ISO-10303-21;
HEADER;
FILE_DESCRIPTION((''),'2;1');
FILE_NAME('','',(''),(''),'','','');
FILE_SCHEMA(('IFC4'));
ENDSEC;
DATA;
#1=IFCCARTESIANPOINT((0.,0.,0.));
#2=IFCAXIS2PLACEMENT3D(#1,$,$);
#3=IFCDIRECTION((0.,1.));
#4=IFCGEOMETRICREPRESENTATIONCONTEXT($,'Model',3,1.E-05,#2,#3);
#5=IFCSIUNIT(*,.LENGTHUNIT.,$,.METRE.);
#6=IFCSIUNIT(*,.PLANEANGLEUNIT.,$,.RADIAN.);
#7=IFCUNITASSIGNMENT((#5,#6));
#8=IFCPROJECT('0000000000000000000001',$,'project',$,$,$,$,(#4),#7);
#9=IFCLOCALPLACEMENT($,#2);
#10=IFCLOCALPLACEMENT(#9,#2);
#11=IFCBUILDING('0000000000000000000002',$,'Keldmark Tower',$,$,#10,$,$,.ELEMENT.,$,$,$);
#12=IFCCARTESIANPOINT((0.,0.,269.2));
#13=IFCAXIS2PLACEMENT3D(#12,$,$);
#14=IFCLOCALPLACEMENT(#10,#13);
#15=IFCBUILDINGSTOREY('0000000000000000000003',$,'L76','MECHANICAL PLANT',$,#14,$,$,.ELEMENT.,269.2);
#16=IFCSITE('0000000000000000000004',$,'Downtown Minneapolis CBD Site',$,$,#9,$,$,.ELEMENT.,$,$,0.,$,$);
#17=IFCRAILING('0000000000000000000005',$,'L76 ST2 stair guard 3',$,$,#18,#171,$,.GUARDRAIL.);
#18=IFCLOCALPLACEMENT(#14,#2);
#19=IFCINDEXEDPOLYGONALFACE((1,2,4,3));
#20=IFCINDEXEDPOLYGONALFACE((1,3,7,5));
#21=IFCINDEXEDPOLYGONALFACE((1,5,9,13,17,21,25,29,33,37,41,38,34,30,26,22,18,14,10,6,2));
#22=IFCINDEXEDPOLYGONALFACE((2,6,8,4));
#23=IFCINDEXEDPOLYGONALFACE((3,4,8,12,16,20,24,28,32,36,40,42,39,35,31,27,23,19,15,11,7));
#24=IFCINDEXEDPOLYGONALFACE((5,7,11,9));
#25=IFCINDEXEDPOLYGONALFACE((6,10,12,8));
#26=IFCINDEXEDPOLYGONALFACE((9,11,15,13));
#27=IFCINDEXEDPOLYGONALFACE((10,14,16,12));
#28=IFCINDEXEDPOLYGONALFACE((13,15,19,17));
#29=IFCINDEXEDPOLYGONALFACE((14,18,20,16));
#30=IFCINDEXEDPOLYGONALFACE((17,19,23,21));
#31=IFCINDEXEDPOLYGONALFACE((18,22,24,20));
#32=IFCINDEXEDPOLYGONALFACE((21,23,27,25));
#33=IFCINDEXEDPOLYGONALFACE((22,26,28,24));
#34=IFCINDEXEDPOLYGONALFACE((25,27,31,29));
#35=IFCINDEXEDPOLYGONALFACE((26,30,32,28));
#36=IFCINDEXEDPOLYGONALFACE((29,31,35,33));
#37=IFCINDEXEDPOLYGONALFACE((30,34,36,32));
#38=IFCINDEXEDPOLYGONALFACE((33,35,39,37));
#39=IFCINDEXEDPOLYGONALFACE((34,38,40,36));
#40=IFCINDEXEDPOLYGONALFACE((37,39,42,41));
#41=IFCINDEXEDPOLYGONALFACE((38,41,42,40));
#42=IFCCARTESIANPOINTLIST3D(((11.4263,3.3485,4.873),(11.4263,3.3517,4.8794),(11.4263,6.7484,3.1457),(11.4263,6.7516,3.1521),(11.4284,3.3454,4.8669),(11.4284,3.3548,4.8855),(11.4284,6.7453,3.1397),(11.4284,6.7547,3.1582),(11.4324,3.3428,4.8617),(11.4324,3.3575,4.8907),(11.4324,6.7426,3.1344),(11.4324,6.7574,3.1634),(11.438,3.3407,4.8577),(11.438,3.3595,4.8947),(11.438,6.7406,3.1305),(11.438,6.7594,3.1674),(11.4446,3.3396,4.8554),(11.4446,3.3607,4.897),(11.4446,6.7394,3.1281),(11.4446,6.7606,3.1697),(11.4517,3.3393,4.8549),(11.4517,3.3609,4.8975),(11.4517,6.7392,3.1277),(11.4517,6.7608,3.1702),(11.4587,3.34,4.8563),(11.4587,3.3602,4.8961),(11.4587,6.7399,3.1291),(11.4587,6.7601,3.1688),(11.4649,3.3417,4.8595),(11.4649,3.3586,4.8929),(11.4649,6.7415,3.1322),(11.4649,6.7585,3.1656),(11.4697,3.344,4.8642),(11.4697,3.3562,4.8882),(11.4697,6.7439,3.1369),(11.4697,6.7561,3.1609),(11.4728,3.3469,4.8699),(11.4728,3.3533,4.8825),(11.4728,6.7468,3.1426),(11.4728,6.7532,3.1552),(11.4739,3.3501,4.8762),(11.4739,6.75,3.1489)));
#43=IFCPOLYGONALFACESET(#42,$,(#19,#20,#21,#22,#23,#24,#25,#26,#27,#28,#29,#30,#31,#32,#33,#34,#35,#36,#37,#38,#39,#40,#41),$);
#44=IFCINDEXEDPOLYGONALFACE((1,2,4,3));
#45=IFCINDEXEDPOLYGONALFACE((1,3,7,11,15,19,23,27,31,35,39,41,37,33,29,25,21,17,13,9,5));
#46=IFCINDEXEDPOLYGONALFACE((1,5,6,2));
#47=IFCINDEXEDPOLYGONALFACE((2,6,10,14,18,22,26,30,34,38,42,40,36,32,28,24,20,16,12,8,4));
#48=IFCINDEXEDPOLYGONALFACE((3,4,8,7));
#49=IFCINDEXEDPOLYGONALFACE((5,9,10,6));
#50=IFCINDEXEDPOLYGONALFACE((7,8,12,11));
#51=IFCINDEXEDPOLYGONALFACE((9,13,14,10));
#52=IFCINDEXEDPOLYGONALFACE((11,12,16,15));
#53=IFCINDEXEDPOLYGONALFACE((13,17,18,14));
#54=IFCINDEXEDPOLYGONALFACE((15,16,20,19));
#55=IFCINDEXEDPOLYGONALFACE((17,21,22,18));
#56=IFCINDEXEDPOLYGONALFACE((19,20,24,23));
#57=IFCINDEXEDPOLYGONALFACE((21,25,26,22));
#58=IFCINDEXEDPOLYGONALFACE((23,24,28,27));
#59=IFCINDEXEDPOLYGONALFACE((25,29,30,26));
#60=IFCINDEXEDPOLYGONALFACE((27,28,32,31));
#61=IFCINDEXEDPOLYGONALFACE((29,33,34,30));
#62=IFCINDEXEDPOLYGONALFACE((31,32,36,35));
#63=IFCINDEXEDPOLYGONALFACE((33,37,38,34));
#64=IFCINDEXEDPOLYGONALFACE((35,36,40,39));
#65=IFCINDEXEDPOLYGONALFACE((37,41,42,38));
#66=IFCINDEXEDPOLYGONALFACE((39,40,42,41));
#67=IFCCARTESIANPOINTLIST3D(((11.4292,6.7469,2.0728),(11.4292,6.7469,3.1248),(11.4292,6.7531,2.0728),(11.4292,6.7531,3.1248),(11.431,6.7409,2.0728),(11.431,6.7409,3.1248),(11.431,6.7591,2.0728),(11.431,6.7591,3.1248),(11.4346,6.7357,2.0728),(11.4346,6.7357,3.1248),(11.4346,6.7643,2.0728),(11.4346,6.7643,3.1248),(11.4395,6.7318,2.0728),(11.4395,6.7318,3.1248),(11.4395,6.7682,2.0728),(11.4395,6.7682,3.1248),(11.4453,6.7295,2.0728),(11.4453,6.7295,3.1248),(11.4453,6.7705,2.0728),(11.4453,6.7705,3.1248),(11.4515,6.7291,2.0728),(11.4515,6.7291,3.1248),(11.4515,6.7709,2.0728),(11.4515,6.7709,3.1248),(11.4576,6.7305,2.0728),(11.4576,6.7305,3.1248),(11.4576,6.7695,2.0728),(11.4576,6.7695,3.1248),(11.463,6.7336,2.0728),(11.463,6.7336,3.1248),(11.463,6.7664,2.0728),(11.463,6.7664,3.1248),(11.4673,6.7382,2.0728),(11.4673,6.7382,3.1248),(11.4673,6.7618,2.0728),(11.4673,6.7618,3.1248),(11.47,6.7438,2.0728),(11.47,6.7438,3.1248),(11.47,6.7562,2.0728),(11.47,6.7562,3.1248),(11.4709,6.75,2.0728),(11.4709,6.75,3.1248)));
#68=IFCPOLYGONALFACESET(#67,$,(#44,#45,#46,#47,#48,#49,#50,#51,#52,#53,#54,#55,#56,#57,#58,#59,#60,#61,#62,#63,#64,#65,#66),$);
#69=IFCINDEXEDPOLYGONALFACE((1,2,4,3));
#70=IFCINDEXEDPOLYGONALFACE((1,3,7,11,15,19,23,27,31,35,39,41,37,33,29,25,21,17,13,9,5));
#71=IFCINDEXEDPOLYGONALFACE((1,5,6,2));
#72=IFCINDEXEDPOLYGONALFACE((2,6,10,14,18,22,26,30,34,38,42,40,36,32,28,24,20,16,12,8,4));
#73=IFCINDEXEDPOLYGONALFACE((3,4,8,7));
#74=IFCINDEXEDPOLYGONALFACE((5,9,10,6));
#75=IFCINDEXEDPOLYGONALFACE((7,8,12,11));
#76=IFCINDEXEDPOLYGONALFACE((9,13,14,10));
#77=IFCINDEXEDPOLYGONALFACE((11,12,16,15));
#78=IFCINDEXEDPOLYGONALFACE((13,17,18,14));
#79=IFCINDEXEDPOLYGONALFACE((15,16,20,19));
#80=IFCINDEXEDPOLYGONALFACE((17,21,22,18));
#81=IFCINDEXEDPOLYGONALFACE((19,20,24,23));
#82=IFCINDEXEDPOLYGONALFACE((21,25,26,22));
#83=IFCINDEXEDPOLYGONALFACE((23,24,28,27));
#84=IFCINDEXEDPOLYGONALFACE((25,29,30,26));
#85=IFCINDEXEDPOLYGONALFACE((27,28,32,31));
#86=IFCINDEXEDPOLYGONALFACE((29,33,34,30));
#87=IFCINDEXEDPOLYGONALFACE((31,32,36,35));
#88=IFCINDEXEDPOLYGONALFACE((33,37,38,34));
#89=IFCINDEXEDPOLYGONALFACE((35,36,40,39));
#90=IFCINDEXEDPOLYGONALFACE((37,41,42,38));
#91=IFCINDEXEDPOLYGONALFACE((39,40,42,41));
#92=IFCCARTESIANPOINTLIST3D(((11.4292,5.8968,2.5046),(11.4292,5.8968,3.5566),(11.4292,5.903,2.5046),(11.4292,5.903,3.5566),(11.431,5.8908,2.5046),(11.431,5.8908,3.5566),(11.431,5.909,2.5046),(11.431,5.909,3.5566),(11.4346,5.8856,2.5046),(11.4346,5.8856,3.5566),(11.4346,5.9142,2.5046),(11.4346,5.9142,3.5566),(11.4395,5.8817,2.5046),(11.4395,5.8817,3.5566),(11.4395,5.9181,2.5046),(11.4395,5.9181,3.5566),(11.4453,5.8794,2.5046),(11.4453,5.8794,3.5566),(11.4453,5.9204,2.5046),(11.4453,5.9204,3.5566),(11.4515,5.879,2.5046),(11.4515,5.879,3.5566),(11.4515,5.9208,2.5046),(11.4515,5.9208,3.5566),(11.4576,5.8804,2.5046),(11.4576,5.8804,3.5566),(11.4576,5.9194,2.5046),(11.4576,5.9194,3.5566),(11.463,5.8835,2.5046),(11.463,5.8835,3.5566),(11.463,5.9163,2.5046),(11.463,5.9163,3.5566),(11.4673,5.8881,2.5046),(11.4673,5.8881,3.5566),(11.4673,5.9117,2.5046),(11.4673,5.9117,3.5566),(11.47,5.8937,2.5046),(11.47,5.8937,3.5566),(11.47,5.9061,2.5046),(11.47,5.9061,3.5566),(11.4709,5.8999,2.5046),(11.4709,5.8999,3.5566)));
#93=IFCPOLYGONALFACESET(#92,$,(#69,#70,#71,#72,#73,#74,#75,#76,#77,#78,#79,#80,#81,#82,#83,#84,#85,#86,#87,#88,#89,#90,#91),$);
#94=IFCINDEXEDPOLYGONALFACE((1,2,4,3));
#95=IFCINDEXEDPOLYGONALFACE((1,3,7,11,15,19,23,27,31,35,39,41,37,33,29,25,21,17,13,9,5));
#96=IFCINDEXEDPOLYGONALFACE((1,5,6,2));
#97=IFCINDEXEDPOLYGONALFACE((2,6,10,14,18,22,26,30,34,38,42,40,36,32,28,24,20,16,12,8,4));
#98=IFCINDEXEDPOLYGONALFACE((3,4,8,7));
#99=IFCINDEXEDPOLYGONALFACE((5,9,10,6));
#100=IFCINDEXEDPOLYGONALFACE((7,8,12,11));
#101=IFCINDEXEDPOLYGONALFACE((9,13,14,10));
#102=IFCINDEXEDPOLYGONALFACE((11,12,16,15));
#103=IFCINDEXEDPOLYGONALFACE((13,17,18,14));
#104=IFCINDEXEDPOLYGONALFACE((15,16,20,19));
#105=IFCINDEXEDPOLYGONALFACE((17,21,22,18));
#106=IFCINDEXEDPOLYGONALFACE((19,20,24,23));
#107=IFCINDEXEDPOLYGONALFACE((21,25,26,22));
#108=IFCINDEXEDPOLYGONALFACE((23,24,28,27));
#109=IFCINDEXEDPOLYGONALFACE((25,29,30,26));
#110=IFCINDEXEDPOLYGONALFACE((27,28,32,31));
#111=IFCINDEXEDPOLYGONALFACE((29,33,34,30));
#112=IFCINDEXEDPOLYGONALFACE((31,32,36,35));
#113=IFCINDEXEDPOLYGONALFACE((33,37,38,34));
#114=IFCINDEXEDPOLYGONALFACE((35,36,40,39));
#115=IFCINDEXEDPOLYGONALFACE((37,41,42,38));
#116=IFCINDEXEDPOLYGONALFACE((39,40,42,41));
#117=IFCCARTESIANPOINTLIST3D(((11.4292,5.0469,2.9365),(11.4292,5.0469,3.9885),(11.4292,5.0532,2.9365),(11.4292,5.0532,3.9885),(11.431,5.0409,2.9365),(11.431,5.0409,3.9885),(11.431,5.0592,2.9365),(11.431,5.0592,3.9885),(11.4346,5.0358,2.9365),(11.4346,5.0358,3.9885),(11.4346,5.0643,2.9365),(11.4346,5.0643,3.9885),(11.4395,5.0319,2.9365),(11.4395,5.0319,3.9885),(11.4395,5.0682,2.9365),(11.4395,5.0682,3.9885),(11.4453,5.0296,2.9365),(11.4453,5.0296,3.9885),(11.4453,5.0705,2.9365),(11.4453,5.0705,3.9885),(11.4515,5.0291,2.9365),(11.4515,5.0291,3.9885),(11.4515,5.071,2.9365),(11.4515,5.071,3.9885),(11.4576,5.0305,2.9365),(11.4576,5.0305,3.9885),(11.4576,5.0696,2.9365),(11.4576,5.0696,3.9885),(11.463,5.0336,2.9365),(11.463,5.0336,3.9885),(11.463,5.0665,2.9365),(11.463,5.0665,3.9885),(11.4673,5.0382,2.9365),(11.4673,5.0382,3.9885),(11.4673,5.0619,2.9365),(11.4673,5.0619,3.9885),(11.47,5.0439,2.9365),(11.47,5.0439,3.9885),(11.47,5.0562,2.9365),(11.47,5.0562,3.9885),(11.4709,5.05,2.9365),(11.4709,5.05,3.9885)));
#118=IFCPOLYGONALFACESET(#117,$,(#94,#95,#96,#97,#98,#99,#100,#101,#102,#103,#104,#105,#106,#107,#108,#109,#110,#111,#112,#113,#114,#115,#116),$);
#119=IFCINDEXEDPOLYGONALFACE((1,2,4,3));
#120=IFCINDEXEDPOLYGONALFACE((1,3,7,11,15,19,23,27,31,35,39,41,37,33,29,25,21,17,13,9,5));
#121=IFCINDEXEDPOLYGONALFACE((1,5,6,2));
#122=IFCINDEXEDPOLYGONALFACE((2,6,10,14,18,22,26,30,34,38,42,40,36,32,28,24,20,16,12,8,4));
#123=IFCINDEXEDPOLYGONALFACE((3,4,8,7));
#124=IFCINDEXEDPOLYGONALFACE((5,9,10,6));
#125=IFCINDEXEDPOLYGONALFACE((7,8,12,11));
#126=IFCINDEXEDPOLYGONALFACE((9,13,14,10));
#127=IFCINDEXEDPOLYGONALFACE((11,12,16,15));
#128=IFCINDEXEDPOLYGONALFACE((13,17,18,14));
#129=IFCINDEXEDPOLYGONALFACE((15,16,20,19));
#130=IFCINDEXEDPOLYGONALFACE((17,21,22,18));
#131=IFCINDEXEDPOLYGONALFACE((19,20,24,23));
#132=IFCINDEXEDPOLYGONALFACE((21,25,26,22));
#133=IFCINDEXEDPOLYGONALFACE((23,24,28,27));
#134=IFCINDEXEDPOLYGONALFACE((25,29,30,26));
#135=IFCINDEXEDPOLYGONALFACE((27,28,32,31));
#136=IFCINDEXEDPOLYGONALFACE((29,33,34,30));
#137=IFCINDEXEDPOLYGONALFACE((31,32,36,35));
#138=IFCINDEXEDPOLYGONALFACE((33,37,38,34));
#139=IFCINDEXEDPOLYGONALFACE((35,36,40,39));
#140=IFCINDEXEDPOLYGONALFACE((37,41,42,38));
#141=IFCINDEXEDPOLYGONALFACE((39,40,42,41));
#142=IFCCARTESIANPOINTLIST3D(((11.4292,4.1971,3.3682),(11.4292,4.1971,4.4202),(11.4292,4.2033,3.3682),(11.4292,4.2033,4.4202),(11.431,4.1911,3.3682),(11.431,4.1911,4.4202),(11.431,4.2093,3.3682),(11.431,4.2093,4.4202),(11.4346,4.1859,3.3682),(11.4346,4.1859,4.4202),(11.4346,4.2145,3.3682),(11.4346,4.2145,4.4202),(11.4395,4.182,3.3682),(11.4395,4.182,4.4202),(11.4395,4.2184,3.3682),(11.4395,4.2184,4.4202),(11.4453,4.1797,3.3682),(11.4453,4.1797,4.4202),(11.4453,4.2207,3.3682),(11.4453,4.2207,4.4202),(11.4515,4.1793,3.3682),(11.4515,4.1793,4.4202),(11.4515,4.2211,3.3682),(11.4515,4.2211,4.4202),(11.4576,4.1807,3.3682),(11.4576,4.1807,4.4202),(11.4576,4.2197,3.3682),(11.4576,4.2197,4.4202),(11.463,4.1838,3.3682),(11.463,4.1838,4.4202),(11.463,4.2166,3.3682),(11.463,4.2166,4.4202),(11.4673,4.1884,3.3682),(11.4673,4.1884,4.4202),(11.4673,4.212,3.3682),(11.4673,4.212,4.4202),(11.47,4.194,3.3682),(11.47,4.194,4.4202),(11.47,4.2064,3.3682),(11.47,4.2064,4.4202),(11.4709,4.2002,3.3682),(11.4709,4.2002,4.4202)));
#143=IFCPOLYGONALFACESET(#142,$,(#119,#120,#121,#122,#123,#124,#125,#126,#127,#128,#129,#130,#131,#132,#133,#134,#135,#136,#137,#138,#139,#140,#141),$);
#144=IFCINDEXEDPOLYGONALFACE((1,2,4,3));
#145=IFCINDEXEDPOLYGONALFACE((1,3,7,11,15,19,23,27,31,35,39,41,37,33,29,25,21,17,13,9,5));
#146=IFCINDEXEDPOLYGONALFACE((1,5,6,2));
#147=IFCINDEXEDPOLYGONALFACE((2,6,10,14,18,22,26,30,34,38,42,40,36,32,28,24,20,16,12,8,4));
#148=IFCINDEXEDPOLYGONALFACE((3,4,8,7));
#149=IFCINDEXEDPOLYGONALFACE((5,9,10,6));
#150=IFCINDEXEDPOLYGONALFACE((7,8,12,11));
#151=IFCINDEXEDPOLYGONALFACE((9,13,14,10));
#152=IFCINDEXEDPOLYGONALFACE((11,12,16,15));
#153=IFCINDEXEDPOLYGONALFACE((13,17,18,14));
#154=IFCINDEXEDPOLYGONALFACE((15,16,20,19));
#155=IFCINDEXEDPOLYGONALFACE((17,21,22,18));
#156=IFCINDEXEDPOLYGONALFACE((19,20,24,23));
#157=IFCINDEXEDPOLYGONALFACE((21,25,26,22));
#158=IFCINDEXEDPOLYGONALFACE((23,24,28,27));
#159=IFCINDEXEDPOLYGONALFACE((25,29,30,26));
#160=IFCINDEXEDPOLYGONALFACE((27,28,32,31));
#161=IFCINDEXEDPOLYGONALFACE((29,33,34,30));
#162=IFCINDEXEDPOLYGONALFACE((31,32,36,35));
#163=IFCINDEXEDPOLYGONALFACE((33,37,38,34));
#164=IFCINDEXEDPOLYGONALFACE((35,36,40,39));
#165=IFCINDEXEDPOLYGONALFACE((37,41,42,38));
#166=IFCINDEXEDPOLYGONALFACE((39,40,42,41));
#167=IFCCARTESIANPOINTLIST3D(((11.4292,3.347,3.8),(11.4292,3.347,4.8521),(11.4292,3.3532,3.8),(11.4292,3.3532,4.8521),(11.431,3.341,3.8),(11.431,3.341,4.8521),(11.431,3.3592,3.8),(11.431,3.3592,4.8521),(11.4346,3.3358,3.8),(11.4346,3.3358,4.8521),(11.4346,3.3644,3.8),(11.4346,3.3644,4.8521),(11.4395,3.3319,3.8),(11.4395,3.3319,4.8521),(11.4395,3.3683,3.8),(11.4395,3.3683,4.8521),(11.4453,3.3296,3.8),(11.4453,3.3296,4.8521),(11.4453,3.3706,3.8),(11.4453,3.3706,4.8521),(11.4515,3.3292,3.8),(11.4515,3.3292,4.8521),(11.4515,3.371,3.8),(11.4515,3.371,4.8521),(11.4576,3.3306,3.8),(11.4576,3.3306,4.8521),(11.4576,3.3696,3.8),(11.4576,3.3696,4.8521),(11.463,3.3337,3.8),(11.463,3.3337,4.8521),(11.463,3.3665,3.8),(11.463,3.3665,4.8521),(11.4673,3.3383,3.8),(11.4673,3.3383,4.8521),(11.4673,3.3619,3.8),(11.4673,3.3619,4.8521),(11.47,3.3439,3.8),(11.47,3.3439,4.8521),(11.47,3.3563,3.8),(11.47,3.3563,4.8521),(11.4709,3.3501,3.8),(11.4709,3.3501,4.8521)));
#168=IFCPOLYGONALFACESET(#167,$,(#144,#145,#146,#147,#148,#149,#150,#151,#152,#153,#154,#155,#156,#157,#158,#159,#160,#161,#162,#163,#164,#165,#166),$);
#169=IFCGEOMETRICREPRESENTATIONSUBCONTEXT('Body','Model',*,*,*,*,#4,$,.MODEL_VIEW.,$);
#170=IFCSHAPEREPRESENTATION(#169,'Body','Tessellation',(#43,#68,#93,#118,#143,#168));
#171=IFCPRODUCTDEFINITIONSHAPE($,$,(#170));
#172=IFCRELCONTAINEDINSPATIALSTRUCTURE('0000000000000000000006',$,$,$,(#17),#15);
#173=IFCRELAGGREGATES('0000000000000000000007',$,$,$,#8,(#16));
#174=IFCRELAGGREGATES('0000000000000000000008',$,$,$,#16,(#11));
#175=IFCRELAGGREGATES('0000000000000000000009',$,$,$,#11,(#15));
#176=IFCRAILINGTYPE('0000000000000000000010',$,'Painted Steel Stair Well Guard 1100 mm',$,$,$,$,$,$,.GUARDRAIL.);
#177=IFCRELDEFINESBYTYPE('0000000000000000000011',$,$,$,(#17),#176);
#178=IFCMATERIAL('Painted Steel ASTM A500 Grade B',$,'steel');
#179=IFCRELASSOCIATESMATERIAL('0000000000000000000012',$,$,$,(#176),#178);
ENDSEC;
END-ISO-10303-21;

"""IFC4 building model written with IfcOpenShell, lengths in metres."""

from ifc_helpers import new_model, si_unit, direction, frame, origin, origin_2d, place, context, subcontext, project, spatial, circle, extrude, material, type_object, element, save


model = new_model("IFC4")

# Units and contexts
model_context = context("Model", 3, precision=1e-05, world=origin(), true_north=direction((0.0, 1.0)))
body_context = subcontext(model_context, "Body", "Model", "MODEL_VIEW")
ifc_project = project(units=[si_unit("LENGTHUNIT", "METRE"), si_unit("PLANEANGLEUNIT", "RADIAN")], contexts=[model_context])

# Site, building, storey
site_placement = place(None, origin())
site = spatial("IfcSite", under=ifc_project, at=site_placement, Name="Downtown Minneapolis CBD Site", CompositionType="ELEMENT", RefElevation=0.0)
building_placement = place(site_placement, origin())
building = spatial("IfcBuilding", under=site, at=building_placement, Name="Keldmark Tower", CompositionType="ELEMENT")
storey_placement = place(building_placement, frame((0.0, 0.0, 269.2)))
storey = spatial("IfcBuildingStorey", under=building, at=storey_placement, Name="L76", Description="MECHANICAL PLANT", CompositionType="ELEMENT", Elevation=269.2)

# Railing
ifc_material_1 = material(Name="Painted Steel ASTM A500 Grade B", Category="steel")
railing_type_1 = type_object("IfcRailingType", Name="Painted Steel Stair Well Guard 1100 mm", PredefinedType="GUARDRAIL", material=ifc_material_1)
railing_1_placement = place(storey_placement, frame((11.45, 6.75, 2.0728)))
element("IfcRailing", 1, at=railing_1_placement, inside=storey, type_object=railing_type_1, Name="L76 ST2 stair guard 3", PredefinedType="GUARDRAIL", context=body_context, shape_type="SweptSolid", body=[
    extrude(circle(Radius=0.0239, at=origin_2d()), frame((0.0, 0.0, 1.0762), z_axis=(0.0, -0.891541, 0.452941), x_axis=(1.0, 0.0, 0.0)), (0.0, 0.0, 1.0), 3.8135),
    extrude(circle(Radius=0.021, at=origin_2d()), origin(), (0.0, 0.0, 1.0), 1.052),
    extrude(circle(Radius=0.021, at=origin_2d()), frame((0.0, -0.8501, 0.4319)), (0.0, 0.0, 1.0), 1.052),
    extrude(circle(Radius=0.021, at=origin_2d()), frame((0.0, -1.7, 0.8638)), (0.0, 0.0, 1.0), 1.052),
    extrude(circle(Radius=0.021, at=origin_2d()), frame((0.0, -2.5498, 1.2954)), (0.0, 0.0, 1.0), 1.052),
    extrude(circle(Radius=0.021, at=origin_2d()), frame((0.0, -3.3999, 1.7273)), (0.0, 0.0, 1.0), 1.052),
])

save(model, "model.ifc")
